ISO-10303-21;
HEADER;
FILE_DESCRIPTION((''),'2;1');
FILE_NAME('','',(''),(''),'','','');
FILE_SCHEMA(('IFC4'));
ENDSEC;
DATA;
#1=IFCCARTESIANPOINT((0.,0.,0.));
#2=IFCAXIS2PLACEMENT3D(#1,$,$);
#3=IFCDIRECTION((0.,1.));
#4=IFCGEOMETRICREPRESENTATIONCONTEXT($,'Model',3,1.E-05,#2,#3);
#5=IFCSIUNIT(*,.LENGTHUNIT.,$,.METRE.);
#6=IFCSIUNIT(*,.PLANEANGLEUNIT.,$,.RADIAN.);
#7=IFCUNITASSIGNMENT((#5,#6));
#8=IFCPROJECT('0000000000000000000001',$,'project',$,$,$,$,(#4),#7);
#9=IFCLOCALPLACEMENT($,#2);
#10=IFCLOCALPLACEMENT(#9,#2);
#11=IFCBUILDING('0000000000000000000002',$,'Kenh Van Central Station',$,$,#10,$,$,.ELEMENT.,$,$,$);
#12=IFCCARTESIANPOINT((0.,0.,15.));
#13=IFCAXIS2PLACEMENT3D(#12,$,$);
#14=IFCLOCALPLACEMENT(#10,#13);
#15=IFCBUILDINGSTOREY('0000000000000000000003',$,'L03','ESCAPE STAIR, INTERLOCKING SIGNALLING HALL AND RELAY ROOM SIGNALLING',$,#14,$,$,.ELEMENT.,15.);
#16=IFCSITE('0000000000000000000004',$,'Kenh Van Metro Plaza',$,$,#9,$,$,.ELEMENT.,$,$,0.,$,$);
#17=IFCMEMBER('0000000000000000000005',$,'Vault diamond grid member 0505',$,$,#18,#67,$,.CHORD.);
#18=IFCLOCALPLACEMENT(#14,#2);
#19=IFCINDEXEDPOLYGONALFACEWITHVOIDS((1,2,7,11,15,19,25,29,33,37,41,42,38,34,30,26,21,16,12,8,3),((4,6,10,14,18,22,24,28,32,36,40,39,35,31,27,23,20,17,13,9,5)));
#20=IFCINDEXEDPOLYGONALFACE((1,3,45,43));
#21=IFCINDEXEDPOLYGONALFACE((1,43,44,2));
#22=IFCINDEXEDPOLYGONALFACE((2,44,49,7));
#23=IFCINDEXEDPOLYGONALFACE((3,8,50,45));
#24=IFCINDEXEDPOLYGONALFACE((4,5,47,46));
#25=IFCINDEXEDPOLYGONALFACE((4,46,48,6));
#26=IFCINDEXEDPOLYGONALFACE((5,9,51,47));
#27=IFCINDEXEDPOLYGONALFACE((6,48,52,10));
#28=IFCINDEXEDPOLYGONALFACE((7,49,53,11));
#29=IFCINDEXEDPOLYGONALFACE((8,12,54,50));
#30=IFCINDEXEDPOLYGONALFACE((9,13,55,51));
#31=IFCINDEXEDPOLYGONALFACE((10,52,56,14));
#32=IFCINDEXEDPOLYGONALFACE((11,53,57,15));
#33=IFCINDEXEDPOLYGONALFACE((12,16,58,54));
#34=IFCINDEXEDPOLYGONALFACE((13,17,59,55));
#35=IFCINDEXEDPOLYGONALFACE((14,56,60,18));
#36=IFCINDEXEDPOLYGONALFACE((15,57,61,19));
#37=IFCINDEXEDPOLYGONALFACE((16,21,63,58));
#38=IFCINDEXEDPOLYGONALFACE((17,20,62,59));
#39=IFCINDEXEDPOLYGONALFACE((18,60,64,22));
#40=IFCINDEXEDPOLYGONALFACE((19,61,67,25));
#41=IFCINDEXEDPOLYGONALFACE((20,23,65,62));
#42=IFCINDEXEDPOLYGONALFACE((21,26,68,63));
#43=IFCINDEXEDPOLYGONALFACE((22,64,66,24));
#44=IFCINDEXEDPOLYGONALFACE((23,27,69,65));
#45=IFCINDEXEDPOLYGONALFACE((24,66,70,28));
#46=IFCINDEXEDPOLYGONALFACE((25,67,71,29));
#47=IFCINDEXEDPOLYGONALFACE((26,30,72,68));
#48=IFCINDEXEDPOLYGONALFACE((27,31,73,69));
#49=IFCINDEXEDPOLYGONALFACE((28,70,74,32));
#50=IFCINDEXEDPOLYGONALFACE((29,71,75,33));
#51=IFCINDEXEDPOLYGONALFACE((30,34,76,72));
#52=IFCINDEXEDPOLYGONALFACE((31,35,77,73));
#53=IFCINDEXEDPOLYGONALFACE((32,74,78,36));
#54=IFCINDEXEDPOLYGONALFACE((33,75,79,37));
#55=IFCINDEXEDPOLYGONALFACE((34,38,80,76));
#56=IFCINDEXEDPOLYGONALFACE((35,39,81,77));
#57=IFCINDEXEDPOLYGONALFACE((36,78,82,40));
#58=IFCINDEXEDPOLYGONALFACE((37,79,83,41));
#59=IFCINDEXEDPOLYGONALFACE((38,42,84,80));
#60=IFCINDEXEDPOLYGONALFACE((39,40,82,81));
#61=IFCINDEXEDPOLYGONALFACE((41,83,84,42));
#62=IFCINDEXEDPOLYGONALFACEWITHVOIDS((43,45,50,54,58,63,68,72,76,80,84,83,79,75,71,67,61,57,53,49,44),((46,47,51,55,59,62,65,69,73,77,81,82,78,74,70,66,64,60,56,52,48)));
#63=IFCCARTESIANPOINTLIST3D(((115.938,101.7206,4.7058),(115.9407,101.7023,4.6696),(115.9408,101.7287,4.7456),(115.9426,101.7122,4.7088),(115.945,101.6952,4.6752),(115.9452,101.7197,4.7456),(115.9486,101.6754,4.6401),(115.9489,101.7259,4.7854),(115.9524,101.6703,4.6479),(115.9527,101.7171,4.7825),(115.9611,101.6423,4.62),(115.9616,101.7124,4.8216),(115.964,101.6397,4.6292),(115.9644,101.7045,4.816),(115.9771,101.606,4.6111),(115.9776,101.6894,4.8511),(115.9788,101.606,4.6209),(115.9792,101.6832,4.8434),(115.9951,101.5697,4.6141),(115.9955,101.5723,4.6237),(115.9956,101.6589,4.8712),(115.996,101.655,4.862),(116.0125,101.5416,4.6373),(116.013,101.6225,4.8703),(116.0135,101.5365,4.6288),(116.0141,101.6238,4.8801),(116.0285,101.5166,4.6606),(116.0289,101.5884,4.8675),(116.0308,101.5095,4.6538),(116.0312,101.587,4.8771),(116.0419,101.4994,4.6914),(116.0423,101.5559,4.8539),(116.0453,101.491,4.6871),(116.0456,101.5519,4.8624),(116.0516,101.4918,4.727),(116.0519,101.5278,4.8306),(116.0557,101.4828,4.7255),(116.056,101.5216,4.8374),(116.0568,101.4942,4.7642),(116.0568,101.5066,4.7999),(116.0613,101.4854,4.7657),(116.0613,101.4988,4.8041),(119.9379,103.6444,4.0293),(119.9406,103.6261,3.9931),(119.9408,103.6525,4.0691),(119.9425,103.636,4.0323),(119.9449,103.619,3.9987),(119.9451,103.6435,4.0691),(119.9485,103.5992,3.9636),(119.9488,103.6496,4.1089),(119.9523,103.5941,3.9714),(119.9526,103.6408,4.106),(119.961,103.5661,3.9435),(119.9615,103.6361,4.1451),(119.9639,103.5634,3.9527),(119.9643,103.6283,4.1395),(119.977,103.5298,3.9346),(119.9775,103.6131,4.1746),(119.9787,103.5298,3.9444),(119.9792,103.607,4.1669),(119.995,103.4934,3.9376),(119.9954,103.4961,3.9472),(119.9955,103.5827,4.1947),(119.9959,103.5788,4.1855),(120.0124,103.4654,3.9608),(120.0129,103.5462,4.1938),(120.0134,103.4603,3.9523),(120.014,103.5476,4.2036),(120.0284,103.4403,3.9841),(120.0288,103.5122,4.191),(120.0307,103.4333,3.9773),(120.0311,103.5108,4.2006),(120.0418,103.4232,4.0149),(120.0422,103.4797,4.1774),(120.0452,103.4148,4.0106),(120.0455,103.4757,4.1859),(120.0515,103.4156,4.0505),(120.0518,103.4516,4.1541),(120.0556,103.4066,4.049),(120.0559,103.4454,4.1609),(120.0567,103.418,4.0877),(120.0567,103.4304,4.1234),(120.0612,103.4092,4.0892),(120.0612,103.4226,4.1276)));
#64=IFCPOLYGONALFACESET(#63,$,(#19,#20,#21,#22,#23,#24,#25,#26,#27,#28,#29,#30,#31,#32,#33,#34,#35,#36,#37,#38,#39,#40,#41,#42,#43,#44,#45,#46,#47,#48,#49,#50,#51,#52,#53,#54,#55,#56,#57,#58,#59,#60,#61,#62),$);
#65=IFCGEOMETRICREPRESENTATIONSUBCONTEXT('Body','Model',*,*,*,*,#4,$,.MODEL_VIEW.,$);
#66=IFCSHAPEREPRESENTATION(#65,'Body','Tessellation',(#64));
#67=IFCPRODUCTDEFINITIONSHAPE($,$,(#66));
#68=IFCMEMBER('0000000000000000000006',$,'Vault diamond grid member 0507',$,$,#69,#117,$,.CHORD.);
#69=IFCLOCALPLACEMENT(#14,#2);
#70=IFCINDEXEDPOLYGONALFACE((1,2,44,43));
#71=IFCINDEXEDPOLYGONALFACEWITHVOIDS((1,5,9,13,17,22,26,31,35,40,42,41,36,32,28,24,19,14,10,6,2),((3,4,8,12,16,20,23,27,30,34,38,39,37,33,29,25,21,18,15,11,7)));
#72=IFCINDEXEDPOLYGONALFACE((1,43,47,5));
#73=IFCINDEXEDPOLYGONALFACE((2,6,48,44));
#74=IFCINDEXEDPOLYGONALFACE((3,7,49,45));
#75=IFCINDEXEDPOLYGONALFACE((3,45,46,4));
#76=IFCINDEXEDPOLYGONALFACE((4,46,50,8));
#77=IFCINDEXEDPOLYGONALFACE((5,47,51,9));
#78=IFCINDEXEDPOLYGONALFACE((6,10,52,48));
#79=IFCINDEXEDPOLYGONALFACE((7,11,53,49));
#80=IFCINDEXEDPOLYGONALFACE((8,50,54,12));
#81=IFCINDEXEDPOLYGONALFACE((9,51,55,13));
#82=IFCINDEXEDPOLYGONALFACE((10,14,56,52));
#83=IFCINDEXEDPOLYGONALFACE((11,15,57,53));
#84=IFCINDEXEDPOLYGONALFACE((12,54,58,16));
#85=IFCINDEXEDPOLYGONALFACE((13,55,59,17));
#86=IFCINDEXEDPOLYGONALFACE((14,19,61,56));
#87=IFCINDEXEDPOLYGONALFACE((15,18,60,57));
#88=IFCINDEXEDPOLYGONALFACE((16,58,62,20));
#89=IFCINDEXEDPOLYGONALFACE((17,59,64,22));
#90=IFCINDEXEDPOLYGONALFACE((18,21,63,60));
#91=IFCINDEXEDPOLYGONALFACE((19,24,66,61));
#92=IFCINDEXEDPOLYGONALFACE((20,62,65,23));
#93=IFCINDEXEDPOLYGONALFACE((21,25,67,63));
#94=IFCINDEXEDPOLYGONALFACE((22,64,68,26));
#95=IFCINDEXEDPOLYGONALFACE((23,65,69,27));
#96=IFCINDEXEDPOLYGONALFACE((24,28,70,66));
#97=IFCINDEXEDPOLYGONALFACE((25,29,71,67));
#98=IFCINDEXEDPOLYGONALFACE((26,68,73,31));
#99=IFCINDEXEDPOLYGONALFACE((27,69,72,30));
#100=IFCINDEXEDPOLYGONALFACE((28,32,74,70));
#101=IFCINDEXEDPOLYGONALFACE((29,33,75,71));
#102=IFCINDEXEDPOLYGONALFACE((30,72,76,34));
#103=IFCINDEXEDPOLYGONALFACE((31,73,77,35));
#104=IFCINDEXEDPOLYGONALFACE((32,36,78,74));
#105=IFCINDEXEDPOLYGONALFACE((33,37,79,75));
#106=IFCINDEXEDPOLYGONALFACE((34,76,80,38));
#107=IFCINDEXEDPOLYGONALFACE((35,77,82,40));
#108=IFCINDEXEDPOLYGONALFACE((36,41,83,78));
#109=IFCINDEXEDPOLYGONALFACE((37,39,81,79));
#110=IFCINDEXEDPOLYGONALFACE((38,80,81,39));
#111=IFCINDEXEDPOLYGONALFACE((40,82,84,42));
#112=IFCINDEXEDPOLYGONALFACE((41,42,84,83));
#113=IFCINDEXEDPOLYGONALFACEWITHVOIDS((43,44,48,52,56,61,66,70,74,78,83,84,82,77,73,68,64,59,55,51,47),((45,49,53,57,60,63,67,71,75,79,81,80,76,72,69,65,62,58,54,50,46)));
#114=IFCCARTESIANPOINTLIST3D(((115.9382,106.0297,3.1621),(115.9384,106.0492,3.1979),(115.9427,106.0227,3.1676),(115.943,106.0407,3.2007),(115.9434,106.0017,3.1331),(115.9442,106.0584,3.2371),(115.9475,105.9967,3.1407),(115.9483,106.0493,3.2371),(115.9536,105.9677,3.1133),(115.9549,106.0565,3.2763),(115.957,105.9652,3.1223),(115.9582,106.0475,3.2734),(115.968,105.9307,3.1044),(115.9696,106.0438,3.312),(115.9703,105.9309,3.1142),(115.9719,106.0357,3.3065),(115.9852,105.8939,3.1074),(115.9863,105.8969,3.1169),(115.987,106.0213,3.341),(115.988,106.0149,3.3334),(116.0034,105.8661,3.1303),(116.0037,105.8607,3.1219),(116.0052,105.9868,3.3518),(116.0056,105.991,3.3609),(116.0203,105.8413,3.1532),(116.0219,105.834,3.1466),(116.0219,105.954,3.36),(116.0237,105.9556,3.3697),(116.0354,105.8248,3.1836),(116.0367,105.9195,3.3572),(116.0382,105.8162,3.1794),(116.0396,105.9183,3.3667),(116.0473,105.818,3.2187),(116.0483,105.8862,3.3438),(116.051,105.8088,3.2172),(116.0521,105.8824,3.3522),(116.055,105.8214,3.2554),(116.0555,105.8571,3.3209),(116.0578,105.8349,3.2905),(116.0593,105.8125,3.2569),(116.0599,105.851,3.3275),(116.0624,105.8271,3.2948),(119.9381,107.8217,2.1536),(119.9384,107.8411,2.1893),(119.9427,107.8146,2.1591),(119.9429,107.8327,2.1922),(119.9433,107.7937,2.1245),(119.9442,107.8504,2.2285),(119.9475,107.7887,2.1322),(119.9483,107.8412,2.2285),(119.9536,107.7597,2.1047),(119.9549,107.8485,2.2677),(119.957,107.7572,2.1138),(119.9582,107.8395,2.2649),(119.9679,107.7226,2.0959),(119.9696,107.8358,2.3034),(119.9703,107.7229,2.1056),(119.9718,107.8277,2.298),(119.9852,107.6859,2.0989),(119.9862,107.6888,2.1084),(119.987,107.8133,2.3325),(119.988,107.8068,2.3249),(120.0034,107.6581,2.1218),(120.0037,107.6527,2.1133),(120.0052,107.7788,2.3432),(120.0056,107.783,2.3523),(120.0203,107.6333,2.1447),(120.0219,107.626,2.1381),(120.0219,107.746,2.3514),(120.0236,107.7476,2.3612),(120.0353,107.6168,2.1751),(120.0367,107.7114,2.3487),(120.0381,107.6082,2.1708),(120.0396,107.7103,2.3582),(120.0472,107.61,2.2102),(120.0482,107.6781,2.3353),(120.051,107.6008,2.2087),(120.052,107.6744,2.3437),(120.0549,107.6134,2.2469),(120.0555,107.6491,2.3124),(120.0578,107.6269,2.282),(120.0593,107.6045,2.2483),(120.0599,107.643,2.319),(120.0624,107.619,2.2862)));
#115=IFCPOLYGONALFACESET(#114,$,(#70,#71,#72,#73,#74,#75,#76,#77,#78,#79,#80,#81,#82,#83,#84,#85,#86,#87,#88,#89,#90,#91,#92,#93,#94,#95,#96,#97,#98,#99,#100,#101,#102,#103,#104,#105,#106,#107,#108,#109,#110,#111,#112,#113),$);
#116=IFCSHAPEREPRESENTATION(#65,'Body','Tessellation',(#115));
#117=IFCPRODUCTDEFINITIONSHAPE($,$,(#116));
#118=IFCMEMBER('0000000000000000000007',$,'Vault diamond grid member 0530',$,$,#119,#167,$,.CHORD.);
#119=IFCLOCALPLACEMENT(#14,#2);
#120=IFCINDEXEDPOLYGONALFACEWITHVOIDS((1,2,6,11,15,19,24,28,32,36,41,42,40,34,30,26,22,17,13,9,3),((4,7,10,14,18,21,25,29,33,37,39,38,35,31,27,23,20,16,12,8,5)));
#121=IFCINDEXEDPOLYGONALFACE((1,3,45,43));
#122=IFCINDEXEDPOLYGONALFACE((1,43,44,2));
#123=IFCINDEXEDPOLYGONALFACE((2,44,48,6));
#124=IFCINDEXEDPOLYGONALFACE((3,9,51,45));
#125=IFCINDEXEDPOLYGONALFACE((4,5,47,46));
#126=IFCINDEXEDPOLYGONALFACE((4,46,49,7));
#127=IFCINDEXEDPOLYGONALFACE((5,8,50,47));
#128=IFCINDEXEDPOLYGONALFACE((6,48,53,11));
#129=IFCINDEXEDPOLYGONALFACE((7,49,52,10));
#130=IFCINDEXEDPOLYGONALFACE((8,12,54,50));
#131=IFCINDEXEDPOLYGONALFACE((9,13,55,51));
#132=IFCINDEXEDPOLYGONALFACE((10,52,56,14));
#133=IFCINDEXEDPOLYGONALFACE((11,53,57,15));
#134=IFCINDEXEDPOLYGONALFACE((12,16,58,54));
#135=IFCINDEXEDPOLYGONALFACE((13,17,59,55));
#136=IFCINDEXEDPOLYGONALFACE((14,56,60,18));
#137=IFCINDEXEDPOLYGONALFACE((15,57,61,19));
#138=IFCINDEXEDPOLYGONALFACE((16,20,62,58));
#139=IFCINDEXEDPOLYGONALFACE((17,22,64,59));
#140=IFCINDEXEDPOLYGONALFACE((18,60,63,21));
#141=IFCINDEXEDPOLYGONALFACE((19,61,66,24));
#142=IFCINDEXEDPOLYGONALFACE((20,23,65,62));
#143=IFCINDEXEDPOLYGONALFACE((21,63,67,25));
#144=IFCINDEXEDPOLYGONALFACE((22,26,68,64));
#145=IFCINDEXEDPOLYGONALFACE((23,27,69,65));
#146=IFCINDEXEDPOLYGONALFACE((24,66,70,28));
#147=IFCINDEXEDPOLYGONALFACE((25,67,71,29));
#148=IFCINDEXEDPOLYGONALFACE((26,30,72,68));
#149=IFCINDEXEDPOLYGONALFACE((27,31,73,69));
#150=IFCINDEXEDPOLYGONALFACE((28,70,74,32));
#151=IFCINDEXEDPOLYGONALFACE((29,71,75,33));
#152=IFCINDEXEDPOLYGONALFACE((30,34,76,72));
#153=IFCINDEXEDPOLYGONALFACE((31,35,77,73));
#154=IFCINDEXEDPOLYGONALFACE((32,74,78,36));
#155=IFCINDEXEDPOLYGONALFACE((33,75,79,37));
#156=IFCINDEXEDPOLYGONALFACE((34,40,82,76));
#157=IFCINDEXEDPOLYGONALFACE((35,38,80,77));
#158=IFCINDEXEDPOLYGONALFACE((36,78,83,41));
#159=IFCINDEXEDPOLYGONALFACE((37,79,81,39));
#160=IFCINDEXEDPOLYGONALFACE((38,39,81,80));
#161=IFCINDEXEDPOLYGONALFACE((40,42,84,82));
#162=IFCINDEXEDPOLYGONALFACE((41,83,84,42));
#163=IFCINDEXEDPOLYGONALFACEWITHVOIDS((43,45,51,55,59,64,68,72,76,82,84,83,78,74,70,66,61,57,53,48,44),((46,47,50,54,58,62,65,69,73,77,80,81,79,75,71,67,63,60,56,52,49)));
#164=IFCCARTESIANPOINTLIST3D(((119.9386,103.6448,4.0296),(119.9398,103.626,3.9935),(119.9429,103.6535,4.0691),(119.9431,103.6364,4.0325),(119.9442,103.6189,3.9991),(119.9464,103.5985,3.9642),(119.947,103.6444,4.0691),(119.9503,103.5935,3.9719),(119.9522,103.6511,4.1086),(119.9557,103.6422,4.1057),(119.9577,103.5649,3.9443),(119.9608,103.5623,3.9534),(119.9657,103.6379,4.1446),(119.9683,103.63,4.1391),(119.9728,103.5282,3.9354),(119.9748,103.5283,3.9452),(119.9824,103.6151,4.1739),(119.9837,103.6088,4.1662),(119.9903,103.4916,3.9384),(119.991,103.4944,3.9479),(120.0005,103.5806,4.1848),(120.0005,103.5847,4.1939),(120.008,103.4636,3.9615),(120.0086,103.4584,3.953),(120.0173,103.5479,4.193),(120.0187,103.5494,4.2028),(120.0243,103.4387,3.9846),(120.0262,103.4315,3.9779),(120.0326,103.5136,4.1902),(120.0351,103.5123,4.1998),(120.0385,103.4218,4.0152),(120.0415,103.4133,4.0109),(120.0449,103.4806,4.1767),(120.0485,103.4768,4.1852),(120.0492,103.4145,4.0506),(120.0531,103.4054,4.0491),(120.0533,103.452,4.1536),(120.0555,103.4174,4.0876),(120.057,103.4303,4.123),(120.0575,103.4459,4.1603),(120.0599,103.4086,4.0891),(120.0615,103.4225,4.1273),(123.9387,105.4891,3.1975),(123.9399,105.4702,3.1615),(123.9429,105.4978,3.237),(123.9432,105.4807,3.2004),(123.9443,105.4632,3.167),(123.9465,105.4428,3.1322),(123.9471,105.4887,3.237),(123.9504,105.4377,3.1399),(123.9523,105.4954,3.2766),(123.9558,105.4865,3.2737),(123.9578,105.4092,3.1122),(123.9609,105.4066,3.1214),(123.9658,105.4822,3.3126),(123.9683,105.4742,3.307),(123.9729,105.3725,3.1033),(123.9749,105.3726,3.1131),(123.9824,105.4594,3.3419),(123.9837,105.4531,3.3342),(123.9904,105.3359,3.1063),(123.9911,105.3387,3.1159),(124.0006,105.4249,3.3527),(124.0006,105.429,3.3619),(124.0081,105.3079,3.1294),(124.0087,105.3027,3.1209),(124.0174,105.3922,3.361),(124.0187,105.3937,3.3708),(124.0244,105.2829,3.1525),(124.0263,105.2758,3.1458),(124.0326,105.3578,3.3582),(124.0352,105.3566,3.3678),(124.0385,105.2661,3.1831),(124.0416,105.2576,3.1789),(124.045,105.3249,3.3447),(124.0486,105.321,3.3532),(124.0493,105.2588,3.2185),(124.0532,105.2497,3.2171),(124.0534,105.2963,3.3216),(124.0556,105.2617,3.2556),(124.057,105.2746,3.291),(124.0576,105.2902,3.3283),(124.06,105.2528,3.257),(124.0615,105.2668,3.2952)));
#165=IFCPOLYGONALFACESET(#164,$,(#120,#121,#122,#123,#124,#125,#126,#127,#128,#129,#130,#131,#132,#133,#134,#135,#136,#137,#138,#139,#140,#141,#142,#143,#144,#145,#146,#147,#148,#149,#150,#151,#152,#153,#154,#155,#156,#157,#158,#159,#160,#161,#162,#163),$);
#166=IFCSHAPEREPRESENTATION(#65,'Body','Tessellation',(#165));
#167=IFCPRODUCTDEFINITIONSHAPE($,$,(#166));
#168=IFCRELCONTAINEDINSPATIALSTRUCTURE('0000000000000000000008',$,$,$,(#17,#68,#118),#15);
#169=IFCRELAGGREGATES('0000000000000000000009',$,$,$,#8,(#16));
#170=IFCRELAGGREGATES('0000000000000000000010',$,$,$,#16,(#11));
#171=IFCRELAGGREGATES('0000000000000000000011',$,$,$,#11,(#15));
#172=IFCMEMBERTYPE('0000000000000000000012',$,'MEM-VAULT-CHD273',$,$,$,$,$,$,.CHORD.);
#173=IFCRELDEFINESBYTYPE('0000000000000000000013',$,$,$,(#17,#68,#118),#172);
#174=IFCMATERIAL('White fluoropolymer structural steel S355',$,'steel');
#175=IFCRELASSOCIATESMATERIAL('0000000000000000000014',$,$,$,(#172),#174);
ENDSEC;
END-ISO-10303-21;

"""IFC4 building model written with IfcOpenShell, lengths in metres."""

from ifc_helpers import new_model, si_unit, direction, frame, origin, origin_2d, place, context, subcontext, project, spatial, hollow_circle, extrude, material, material_profile, profile_set, type_object, element, save


model = new_model("IFC4")

# Units and contexts
model_context = context("Model", 3, precision=1e-05, world=origin(), true_north=direction((0.0, 1.0)))
body_context = subcontext(model_context, "Body", "Model", "MODEL_VIEW")
ifc_project = project(units=[si_unit("LENGTHUNIT", "METRE"), si_unit("PLANEANGLEUNIT", "RADIAN")], contexts=[model_context])

# Site, building, storey
site_placement = place(None, origin())
site = spatial("IfcSite", under=ifc_project, at=site_placement, Name="Kenh Van Metro Plaza", CompositionType="ELEMENT", RefElevation=0.0)
building_placement = place(site_placement, origin())
building = spatial("IfcBuilding", under=site, at=building_placement, Name="Kenh Van Central Station", CompositionType="ELEMENT")
storey_placement = place(building_placement, frame((0.0, 0.0, 15.0)))
storey = spatial("IfcBuildingStorey", under=building, at=storey_placement, Name="L03", Description="ESCAPE STAIR, INTERLOCKING SIGNALLING HALL AND RELAY ROOM SIGNALLING", CompositionType="ELEMENT", Elevation=15.0)

# Shared definitions
ifc_material_1 = material(Name="White fluoropolymer structural steel S355", Category="steel")

# Members
ifc_material_profile_1 = material_profile(ifc_material_1, hollow_circle(Radius=0.1365, WallThickness=0.01, at=origin_2d()), Name="CHS 273x10")
ifc_profile_set_1 = profile_set([ifc_material_profile_1], Name="White fluoropolymer structural steel S355")
member_type_1 = type_object("IfcMemberType", Name="MEM-VAULT-CHD273", PredefinedType="CHORD", material=ifc_profile_set_1)
member_1_placement = place(storey_placement, frame((116.0, 101.6057, 4.7456), z_axis=(0.890898, 0.428483, -0.150676), x_axis=(-0.433432, 0.901186, 0.0)))
element("IfcMember", 1, at=member_1_placement, inside=storey, type_object=member_type_1, Name="Vault diamond grid member 0505", PredefinedType="CHORD", context=body_context, shape_type="SweptSolid", body=[
    extrude(hollow_circle(Radius=0.1365, WallThickness=0.01, at=origin_2d()), origin(), (0.0, 0.0, 1.0), 4.4897),
])
member_2_placement = place(storey_placement, frame((116.0, 105.9338, 3.2371), z_axis=(0.889363, 0.398433, -0.224241), x_axis=(-0.408845, 0.912604, 0.0)))
element("IfcMember", 2, at=member_2_placement, inside=storey, type_object=member_type_1, Name="Vault diamond grid member 0507", PredefinedType="CHORD", context=body_context, shape_type="SweptSolid", body=[
    extrude(hollow_circle(Radius=0.1365, WallThickness=0.01, at=origin_2d()), origin(), (0.0, 0.0, 1.0), 4.4976),
])
member_3_placement = place(storey_placement, frame((120.0, 103.5295, 4.0691), z_axis=(0.892344, 0.411424, -0.185615), x_axis=(-0.4187, 0.908125, 0.0)))
element("IfcMember", 3, at=member_3_placement, inside=storey, type_object=member_type_1, Name="Vault diamond grid member 0530", PredefinedType="CHORD", context=body_context, shape_type="SweptSolid", body=[
    extrude(hollow_circle(Radius=0.1365, WallThickness=0.01, at=origin_2d()), origin(), (0.0, 0.0, 1.0), 4.4827),
])

save(model, "model.ifc")
